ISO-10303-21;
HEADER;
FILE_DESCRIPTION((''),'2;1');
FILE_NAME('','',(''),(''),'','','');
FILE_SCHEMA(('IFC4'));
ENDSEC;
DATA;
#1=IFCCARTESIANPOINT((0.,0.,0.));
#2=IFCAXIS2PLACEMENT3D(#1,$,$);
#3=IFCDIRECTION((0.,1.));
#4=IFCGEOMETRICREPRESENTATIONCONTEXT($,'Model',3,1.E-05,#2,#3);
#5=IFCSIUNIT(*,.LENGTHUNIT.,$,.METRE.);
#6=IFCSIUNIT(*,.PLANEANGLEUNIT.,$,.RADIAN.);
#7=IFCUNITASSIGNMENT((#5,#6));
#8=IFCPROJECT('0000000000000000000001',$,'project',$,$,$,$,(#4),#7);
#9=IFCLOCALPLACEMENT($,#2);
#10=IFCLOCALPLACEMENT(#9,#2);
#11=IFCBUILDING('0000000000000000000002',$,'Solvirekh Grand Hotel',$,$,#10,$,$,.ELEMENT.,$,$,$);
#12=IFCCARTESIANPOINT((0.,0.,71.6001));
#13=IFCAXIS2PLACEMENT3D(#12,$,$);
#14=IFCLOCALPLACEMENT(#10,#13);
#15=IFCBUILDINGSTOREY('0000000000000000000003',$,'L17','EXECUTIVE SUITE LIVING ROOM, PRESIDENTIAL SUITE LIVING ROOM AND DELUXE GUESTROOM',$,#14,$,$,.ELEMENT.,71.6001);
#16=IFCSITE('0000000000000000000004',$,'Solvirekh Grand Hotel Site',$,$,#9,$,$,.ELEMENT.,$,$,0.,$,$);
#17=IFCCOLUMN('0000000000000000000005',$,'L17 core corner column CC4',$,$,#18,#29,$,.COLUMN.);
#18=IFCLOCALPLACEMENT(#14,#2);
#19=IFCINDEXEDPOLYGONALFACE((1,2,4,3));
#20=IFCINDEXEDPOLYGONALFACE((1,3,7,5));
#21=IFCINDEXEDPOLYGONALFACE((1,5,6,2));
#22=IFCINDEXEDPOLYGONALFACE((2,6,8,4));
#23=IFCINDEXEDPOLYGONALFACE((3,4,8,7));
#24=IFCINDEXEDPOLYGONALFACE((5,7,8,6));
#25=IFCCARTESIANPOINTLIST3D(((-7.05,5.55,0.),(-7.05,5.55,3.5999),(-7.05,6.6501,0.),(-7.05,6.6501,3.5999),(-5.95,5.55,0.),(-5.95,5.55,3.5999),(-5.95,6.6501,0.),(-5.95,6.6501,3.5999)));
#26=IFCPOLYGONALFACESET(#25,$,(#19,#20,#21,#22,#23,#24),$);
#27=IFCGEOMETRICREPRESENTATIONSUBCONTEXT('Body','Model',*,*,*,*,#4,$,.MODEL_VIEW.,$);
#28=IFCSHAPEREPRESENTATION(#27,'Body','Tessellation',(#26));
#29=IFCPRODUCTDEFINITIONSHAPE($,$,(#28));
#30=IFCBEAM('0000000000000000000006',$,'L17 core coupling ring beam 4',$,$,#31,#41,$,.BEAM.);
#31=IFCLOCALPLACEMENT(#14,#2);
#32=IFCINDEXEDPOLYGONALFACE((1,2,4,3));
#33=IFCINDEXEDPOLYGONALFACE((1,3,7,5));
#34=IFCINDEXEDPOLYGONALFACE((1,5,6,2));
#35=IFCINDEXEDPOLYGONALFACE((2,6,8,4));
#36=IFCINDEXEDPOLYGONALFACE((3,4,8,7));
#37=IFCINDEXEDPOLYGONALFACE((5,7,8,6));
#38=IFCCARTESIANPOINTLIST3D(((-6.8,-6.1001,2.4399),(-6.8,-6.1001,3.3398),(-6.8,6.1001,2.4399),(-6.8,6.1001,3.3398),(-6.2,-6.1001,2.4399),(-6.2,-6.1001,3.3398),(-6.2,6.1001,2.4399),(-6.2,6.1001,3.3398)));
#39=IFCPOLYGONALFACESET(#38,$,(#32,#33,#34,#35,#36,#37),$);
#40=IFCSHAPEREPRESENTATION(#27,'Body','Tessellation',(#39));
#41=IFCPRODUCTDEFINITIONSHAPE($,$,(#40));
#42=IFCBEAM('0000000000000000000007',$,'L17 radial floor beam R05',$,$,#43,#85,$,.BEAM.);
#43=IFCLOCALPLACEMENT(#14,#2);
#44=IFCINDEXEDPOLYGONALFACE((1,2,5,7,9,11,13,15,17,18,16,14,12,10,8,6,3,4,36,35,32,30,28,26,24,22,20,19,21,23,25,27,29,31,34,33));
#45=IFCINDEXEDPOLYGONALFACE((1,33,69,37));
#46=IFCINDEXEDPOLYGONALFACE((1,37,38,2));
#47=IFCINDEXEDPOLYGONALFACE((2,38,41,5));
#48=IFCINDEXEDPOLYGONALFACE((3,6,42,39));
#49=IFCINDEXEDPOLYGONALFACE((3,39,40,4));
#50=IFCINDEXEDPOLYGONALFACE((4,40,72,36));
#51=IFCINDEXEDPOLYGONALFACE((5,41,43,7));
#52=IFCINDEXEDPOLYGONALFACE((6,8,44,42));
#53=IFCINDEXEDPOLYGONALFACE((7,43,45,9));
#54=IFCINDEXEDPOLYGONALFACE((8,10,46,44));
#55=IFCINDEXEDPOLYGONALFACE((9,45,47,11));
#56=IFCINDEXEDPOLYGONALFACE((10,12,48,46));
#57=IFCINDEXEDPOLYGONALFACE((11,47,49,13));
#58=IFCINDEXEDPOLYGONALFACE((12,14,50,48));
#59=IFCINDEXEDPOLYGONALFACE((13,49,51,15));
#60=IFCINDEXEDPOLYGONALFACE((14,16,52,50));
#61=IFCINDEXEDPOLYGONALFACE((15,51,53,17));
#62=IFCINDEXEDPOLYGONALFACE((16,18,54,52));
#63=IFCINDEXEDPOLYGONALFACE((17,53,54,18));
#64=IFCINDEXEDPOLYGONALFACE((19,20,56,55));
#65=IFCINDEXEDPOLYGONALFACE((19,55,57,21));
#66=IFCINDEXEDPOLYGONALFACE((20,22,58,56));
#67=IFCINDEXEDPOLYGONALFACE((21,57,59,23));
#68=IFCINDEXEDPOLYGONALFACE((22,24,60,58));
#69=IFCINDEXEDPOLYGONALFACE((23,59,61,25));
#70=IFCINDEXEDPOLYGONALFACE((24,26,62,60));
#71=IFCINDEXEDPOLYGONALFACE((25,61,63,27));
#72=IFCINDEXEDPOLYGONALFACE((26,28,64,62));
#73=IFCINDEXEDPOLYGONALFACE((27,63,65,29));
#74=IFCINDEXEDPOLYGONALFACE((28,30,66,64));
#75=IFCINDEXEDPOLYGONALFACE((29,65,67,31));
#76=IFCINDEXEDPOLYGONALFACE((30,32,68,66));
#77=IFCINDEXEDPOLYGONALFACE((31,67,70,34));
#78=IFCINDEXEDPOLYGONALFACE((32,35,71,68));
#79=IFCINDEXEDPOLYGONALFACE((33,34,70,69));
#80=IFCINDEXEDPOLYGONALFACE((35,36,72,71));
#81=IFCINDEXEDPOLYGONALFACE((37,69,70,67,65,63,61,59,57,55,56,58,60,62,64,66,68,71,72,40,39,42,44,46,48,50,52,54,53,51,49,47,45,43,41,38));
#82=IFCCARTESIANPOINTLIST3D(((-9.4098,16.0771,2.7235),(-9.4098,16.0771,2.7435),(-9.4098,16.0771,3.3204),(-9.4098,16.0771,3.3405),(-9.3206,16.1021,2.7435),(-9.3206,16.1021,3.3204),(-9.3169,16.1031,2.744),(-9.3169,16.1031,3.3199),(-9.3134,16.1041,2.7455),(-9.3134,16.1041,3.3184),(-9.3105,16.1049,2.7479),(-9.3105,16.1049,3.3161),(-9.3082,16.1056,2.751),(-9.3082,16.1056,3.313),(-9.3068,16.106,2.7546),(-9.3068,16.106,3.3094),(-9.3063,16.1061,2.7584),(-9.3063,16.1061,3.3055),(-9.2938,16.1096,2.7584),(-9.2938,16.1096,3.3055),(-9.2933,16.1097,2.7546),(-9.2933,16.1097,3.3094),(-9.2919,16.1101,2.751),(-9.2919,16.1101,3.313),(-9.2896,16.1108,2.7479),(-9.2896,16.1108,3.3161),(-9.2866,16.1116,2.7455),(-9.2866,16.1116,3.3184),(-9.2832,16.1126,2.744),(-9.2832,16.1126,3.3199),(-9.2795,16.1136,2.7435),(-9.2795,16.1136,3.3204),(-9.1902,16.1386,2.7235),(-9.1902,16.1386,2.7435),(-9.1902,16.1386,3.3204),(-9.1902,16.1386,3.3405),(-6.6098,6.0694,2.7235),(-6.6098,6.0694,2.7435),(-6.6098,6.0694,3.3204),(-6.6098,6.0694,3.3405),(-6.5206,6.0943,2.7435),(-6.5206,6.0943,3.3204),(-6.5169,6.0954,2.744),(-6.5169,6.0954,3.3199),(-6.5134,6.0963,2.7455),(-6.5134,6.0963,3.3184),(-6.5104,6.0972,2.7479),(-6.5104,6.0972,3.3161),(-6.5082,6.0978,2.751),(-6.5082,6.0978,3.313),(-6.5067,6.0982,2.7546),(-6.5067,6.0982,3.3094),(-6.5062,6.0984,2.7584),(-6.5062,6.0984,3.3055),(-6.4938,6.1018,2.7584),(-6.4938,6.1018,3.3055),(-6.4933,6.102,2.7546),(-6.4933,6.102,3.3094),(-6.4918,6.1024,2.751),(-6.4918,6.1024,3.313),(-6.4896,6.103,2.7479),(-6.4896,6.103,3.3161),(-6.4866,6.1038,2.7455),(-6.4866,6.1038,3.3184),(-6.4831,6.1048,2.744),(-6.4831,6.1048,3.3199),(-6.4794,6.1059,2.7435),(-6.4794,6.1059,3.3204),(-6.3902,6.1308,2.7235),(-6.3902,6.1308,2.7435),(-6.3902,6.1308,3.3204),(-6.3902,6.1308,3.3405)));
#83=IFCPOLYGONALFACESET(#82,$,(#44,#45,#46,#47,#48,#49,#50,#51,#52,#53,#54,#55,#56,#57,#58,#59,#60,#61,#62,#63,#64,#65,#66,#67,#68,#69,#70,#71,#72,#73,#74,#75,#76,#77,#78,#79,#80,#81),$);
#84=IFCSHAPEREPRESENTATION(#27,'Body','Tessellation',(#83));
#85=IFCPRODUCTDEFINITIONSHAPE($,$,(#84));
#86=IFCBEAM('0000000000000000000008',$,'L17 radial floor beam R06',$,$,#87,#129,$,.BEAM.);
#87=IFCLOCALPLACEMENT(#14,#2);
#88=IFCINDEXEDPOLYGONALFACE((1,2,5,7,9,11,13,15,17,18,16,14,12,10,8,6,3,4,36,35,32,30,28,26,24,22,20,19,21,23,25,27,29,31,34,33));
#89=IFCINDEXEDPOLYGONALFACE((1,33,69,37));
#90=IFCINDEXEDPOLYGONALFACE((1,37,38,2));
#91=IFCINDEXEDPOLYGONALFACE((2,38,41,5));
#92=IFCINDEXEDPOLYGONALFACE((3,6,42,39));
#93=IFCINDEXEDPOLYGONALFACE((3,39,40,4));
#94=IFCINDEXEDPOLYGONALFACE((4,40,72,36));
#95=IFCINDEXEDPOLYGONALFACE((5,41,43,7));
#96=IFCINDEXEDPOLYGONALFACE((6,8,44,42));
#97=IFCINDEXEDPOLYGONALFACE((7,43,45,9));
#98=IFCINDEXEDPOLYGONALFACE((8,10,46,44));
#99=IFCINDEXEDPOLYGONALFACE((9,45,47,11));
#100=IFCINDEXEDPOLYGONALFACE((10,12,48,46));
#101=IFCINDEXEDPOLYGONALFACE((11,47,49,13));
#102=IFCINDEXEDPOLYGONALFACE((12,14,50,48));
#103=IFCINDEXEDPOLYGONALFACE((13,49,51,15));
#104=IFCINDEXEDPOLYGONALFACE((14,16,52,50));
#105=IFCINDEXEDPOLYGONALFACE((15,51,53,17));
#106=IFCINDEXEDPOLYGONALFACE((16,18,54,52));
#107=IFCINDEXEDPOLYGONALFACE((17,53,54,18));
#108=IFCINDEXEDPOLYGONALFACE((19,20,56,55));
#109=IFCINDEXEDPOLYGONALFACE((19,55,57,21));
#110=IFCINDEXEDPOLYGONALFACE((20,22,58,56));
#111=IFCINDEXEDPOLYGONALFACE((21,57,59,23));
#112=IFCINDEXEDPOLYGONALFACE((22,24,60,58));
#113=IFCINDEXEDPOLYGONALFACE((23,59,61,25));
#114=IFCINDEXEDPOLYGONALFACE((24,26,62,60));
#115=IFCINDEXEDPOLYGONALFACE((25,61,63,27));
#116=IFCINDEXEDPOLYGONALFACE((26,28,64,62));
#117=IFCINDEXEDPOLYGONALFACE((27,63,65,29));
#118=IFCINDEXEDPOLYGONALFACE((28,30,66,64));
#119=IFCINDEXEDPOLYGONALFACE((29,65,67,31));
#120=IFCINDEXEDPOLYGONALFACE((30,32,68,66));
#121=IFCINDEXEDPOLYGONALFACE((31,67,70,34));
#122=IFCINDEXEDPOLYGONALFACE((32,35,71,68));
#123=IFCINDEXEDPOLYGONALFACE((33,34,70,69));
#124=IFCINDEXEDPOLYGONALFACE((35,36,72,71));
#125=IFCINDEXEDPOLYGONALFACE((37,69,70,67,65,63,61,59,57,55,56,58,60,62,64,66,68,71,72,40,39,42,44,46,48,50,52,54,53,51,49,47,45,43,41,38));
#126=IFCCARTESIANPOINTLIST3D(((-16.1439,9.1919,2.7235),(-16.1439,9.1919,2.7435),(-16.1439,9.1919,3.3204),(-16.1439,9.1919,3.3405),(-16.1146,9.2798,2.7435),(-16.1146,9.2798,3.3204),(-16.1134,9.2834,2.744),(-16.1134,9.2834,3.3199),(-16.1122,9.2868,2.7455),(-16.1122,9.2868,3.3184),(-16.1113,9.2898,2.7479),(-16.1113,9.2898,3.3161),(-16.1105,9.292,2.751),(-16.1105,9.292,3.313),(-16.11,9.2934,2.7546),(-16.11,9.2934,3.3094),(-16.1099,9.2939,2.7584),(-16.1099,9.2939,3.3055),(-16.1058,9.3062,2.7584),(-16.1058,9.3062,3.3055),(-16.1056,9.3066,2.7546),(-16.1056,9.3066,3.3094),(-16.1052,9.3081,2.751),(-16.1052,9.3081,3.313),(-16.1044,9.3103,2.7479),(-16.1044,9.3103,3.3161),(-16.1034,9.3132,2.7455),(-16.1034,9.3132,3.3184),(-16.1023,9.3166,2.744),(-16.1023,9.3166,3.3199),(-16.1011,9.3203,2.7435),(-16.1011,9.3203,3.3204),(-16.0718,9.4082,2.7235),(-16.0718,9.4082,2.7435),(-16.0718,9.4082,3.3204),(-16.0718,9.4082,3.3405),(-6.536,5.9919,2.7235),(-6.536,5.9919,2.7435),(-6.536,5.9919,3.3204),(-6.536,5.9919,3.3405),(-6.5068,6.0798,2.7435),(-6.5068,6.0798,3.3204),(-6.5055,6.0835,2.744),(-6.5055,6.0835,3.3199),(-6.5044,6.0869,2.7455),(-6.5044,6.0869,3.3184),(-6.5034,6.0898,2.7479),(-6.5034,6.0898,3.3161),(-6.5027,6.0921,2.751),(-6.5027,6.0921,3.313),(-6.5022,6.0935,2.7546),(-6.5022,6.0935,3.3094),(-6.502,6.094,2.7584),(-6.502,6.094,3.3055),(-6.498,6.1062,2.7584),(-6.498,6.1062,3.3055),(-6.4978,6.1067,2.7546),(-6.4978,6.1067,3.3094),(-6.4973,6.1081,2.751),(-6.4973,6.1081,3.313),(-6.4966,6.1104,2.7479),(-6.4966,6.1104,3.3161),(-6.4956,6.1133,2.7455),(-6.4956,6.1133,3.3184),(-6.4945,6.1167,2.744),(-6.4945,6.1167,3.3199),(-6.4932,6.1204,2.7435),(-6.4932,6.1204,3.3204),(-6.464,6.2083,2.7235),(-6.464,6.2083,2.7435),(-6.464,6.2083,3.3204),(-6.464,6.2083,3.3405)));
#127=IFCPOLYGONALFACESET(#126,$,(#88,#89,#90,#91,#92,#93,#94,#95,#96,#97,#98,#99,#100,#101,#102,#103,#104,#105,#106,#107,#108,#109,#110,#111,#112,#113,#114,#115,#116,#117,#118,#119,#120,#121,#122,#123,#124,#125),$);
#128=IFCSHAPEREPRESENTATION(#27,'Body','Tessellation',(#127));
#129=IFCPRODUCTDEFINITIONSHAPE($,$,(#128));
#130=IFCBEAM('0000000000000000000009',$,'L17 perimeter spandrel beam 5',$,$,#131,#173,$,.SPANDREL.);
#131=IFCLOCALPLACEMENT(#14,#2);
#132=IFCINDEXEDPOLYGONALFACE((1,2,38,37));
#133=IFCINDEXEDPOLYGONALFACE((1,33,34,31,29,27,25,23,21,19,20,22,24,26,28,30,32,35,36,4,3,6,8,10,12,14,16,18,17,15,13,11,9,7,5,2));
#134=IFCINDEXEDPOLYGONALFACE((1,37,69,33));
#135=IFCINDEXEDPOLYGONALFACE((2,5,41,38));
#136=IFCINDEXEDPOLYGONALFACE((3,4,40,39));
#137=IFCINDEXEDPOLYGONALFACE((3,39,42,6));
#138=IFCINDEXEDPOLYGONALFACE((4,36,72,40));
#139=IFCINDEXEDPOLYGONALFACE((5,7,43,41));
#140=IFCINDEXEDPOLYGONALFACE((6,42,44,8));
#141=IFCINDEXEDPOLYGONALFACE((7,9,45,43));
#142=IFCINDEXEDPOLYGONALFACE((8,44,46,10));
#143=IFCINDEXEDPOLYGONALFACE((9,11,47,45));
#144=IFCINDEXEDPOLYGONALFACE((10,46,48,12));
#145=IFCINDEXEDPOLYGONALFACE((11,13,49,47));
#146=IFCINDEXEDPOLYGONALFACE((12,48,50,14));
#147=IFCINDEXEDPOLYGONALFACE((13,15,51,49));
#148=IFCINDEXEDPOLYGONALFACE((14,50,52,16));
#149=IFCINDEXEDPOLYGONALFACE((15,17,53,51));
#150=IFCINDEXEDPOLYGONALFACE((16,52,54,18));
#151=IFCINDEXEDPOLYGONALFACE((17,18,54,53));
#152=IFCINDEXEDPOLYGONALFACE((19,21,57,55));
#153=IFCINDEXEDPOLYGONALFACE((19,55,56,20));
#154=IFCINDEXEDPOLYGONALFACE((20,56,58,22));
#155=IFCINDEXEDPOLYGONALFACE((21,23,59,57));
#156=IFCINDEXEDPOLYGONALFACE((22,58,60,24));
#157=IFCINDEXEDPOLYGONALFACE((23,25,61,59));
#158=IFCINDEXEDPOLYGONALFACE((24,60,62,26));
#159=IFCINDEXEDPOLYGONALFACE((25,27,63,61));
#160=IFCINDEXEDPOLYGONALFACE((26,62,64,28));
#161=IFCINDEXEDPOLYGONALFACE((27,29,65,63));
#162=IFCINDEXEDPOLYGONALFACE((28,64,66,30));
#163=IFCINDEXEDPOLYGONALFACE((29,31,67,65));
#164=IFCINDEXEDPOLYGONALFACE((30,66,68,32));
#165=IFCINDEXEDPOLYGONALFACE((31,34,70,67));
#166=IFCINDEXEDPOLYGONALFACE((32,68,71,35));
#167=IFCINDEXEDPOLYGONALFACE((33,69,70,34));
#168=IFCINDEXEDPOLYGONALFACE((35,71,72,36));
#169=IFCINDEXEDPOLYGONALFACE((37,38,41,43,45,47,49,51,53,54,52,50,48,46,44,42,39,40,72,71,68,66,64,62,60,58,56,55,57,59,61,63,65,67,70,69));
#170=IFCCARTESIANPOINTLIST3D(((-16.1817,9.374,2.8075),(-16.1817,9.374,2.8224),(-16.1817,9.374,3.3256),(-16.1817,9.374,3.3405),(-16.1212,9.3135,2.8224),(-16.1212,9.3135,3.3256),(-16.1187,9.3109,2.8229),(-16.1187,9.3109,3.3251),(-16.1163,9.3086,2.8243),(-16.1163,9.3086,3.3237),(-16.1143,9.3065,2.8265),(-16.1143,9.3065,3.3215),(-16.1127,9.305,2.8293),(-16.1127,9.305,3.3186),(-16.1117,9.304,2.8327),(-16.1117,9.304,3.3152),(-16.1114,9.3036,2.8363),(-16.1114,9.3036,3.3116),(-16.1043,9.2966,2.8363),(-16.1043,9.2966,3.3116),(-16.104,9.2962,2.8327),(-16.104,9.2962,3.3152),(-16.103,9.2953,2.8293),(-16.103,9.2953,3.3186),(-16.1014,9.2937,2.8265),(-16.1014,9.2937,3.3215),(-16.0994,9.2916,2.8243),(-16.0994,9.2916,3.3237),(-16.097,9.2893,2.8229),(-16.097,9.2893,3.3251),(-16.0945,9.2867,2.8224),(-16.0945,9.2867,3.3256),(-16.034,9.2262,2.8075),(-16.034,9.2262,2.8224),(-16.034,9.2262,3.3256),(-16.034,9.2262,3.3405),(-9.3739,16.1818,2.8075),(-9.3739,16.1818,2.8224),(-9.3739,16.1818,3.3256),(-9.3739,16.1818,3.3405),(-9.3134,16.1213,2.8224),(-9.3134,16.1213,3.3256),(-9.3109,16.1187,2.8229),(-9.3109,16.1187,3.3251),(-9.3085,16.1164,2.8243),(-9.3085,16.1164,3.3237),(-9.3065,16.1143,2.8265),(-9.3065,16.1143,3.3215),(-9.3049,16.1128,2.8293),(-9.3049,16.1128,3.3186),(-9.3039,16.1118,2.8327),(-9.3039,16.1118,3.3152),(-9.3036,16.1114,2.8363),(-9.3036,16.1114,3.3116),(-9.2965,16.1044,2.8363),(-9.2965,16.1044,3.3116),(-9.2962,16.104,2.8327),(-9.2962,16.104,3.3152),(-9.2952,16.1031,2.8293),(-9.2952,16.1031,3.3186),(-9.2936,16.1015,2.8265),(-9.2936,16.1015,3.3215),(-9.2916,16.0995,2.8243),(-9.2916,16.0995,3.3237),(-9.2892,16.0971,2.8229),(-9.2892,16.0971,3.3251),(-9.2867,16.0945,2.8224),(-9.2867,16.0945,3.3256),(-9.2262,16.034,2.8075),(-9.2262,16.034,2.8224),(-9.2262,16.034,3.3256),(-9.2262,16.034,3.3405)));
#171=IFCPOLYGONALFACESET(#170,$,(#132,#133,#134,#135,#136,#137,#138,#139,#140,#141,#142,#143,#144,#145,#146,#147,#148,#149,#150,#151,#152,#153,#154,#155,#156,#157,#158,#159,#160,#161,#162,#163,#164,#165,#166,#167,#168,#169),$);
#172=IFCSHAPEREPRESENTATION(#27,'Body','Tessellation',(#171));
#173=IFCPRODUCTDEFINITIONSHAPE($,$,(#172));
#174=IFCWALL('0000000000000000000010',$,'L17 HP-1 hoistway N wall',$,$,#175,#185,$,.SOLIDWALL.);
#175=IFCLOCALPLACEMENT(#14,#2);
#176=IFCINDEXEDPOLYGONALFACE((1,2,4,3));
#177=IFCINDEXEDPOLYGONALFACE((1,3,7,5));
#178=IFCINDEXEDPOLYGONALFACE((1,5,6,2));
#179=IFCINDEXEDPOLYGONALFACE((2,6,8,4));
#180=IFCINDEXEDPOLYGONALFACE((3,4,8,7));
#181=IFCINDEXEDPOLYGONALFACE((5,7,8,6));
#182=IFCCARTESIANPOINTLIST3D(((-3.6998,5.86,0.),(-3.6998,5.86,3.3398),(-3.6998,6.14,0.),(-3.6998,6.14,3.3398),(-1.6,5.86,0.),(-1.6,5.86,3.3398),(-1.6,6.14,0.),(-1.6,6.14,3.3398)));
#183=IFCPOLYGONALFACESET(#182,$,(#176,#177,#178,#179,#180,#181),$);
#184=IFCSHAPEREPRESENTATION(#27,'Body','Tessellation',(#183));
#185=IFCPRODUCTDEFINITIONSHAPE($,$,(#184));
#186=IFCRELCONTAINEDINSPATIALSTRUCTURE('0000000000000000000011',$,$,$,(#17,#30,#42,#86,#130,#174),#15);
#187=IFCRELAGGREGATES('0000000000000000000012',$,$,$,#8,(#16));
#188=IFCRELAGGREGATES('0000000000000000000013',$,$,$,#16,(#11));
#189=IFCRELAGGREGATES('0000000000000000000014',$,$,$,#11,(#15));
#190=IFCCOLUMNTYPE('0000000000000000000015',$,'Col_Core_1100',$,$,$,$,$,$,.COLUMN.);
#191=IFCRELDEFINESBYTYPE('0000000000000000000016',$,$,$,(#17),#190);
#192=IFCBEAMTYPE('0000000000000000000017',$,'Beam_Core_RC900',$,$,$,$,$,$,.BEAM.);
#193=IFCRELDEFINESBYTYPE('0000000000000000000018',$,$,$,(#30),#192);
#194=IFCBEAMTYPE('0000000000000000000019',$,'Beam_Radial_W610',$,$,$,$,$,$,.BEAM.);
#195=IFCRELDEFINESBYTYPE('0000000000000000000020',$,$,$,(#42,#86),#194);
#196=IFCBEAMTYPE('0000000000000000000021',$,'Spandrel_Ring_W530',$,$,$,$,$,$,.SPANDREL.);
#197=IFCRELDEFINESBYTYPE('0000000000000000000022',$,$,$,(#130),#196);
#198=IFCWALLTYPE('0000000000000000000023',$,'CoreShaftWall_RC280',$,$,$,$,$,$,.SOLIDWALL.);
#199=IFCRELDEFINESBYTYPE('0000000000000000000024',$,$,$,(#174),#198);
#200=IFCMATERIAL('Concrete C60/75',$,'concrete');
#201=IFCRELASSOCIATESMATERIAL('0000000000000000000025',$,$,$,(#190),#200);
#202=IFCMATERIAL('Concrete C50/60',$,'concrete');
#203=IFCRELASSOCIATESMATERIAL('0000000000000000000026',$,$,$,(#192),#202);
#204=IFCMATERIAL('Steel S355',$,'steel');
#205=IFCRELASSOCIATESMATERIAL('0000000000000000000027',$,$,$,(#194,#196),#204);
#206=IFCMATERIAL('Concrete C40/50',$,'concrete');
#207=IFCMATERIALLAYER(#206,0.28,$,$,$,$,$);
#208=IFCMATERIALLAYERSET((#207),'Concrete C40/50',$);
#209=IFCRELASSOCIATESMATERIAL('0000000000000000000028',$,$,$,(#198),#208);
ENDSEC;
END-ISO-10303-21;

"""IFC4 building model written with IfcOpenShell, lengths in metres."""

from ifc_helpers import new_model, si_unit, direction, frame, frame_2d, origin, origin_2d, place, context, subcontext, project, spatial, rectangle, i_section, extrude, material, layer, layer_set, material_profile, profile_set, type_object, element, save


model = new_model("IFC4")

# Units and contexts
model_context = context("Model", 3, precision=1e-05, world=origin(), true_north=direction((0.0, 1.0)))
body_context = subcontext(model_context, "Body", "Model", "MODEL_VIEW")
ifc_project = project(units=[si_unit("LENGTHUNIT", "METRE"), si_unit("PLANEANGLEUNIT", "RADIAN")], contexts=[model_context])

# Site, building, storey
site_placement = place(None, origin())
site = spatial("IfcSite", under=ifc_project, at=site_placement, Name="Solvirekh Grand Hotel Site", CompositionType="ELEMENT", RefElevation=0.0)
building_placement = place(site_placement, origin())
building = spatial("IfcBuilding", under=site, at=building_placement, Name="Solvirekh Grand Hotel", CompositionType="ELEMENT")
storey_placement = place(building_placement, frame((0.0, 0.0, 71.6001)))
storey = spatial("IfcBuildingStorey", under=building, at=storey_placement, Name="L17", Description="EXECUTIVE SUITE LIVING ROOM, PRESIDENTIAL SUITE LIVING ROOM AND DELUXE GUESTROOM", CompositionType="ELEMENT", Elevation=71.6001)

# Column
ifc_material_1 = material(Name="Concrete C60/75", Category="concrete")
ifc_material_profile_1 = material_profile(ifc_material_1, rectangle(XDim=1.1001, YDim=1.1001, at=origin_2d()), Name="RC 1100X1100")
ifc_profile_set_1 = profile_set([ifc_material_profile_1], Name="Concrete C60/75")
column_type = type_object("IfcColumnType", Name="Col_Core_1100", PredefinedType="COLUMN", material=ifc_profile_set_1)
column_placement = place(storey_placement, frame((-6.5, 6.1001, 0.0), z_axis=(0.0, 0.0, 1.0), x_axis=(1.0, 0.0, 0.0)))
element("IfcColumn", 1, at=column_placement, inside=storey, type_object=column_type, Name="L17 core corner column CC4", PredefinedType="COLUMN", context=body_context, shape_type="SweptSolid", body=[
    extrude(rectangle(XDim=1.1001, YDim=1.1001, at=origin_2d()), origin(), (0.0, 0.0, 1.0), 3.5999),
])

# Beams
ifc_material_2 = material(Name="Concrete C50/60", Category="concrete")
ifc_material_profile_2 = material_profile(ifc_material_2, rectangle(XDim=0.6001, YDim=0.8999, at=origin_2d()), Name="RC BEAM 600X900")
ifc_profile_set_2 = profile_set([ifc_material_profile_2], Name="Concrete C50/60")
beam_type_1 = type_object("IfcBeamType", Name="Beam_Core_RC900", PredefinedType="BEAM", material=ifc_profile_set_2)
beam_1_placement = place(storey_placement, frame((-6.5, 6.1001, 2.8899), z_axis=(0.0, -1.0, 0.0), x_axis=(1.0, 0.0, 0.0)))
element("IfcBeam", 2, at=beam_1_placement, inside=storey, type_object=beam_type_1, Name="L17 core coupling ring beam 4", PredefinedType="BEAM", context=body_context, shape_type="SweptSolid", body=[
    extrude(rectangle(XDim=0.6001, YDim=0.8999, at=origin_2d()), origin(), (0.0, 0.0, 1.0), 12.2002),
])
ifc_material_3 = material(Name="Steel S355", Category="steel")
ifc_material_profile_3 = material_profile(ifc_material_3, i_section(OverallWidth=0.228, OverallDepth=0.6169, WebThickness=0.0129, FlangeThickness=0.02, FilletRadius=0.0149, at=origin_2d()), Name="W610X140")
ifc_profile_set_3 = profile_set([ifc_material_profile_3], Name="Steel S355")
beam_type_2 = type_object("IfcBeamType", Name="Beam_Radial_W610", PredefinedType="BEAM", material=ifc_profile_set_3)
beam_2_placement = place(storey_placement, frame((-6.5, 6.1001, 3.032), z_axis=(-0.269439, 0.963017, 0.0), x_axis=(-0.963017, -0.269439, 0.0)))
element("IfcBeam", 3, at=beam_2_placement, inside=storey, type_object=beam_type_2, Name="L17 radial floor beam R05", PredefinedType="BEAM", context=body_context, shape_type="SweptSolid", body=[
    extrude(i_section(OverallWidth=0.228, OverallDepth=0.6169, WebThickness=0.0129, FlangeThickness=0.02, FilletRadius=0.0149, at=origin_2d()), origin(), (0.0, 0.0, 1.0), 10.3921),
])
beam_3_placement = place(storey_placement, frame((-6.5, 6.1001, 3.032), z_axis=(-0.948763, 0.315989, 0.0), x_axis=(-0.315989, -0.948763, 0.0)))
element("IfcBeam", 4, at=beam_3_placement, inside=storey, type_object=beam_type_2, Name="L17 radial floor beam R06", PredefinedType="BEAM", context=body_context, shape_type="SweptSolid", body=[
    extrude(i_section(OverallWidth=0.228, OverallDepth=0.6169, WebThickness=0.0129, FlangeThickness=0.02, FilletRadius=0.0149, at=origin_2d()), origin(), (0.0, 0.0, 1.0), 10.1267),
])
ifc_material_profile_4 = material_profile(ifc_material_3, i_section(OverallWidth=0.209, OverallDepth=0.533, WebThickness=0.01, FlangeThickness=0.0149, FilletRadius=0.0139, at=origin_2d()), Name="W530X92")
ifc_profile_set_4 = profile_set([ifc_material_profile_4], Name="Steel S355")
beam_type_3 = type_object("IfcBeamType", Name="Spandrel_Ring_W530", PredefinedType="SPANDREL", material=ifc_profile_set_4)
beam_4_placement = place(storey_placement, frame((-9.3, 16.1079, 3.074), z_axis=(-0.707107, -0.707107, 0.0), x_axis=(0.707107, -0.707107, 0.0)))
element("IfcBeam", 5, at=beam_4_placement, inside=storey, type_object=beam_type_3, Name="L17 perimeter spandrel beam 5", PredefinedType="SPANDREL", context=body_context, shape_type="SweptSolid", body=[
    extrude(i_section(OverallWidth=0.209, OverallDepth=0.533, WebThickness=0.01, FlangeThickness=0.0149, FilletRadius=0.0139, at=origin_2d()), origin(), (0.0, 0.0, 1.0), 9.6277),
])

# Wall
ifc_material_4 = material(Name="Concrete C40/50", Category="concrete")
ifc_layer_1 = layer(ifc_material_4, 0.28)
ifc_layer_set_1 = layer_set([ifc_layer_1], Name="Concrete C40/50")
wall_type_1 = type_object("IfcWallType", Name="CoreShaftWall_RC280", PredefinedType="SOLIDWALL", material=ifc_layer_set_1)
wall_1_placement = place(storey_placement, frame((-1.6001, 6.0, 0.0), z_axis=(0.0, 0.0, 1.0), x_axis=(-1.0, 0.0, 0.0)))
element("IfcWall", 6, at=wall_1_placement, inside=storey, type_object=wall_type_1, Name="L17 HP-1 hoistway N wall", PredefinedType="SOLIDWALL", context=body_context, shape_type="SweptSolid", body=[
    extrude(rectangle(XDim=2.0999, YDim=0.28, at=frame_2d((1.0498, 0.0))), origin(), (0.0, 0.0, 1.0), 3.3398),
])

save(model, "model.ifc")
